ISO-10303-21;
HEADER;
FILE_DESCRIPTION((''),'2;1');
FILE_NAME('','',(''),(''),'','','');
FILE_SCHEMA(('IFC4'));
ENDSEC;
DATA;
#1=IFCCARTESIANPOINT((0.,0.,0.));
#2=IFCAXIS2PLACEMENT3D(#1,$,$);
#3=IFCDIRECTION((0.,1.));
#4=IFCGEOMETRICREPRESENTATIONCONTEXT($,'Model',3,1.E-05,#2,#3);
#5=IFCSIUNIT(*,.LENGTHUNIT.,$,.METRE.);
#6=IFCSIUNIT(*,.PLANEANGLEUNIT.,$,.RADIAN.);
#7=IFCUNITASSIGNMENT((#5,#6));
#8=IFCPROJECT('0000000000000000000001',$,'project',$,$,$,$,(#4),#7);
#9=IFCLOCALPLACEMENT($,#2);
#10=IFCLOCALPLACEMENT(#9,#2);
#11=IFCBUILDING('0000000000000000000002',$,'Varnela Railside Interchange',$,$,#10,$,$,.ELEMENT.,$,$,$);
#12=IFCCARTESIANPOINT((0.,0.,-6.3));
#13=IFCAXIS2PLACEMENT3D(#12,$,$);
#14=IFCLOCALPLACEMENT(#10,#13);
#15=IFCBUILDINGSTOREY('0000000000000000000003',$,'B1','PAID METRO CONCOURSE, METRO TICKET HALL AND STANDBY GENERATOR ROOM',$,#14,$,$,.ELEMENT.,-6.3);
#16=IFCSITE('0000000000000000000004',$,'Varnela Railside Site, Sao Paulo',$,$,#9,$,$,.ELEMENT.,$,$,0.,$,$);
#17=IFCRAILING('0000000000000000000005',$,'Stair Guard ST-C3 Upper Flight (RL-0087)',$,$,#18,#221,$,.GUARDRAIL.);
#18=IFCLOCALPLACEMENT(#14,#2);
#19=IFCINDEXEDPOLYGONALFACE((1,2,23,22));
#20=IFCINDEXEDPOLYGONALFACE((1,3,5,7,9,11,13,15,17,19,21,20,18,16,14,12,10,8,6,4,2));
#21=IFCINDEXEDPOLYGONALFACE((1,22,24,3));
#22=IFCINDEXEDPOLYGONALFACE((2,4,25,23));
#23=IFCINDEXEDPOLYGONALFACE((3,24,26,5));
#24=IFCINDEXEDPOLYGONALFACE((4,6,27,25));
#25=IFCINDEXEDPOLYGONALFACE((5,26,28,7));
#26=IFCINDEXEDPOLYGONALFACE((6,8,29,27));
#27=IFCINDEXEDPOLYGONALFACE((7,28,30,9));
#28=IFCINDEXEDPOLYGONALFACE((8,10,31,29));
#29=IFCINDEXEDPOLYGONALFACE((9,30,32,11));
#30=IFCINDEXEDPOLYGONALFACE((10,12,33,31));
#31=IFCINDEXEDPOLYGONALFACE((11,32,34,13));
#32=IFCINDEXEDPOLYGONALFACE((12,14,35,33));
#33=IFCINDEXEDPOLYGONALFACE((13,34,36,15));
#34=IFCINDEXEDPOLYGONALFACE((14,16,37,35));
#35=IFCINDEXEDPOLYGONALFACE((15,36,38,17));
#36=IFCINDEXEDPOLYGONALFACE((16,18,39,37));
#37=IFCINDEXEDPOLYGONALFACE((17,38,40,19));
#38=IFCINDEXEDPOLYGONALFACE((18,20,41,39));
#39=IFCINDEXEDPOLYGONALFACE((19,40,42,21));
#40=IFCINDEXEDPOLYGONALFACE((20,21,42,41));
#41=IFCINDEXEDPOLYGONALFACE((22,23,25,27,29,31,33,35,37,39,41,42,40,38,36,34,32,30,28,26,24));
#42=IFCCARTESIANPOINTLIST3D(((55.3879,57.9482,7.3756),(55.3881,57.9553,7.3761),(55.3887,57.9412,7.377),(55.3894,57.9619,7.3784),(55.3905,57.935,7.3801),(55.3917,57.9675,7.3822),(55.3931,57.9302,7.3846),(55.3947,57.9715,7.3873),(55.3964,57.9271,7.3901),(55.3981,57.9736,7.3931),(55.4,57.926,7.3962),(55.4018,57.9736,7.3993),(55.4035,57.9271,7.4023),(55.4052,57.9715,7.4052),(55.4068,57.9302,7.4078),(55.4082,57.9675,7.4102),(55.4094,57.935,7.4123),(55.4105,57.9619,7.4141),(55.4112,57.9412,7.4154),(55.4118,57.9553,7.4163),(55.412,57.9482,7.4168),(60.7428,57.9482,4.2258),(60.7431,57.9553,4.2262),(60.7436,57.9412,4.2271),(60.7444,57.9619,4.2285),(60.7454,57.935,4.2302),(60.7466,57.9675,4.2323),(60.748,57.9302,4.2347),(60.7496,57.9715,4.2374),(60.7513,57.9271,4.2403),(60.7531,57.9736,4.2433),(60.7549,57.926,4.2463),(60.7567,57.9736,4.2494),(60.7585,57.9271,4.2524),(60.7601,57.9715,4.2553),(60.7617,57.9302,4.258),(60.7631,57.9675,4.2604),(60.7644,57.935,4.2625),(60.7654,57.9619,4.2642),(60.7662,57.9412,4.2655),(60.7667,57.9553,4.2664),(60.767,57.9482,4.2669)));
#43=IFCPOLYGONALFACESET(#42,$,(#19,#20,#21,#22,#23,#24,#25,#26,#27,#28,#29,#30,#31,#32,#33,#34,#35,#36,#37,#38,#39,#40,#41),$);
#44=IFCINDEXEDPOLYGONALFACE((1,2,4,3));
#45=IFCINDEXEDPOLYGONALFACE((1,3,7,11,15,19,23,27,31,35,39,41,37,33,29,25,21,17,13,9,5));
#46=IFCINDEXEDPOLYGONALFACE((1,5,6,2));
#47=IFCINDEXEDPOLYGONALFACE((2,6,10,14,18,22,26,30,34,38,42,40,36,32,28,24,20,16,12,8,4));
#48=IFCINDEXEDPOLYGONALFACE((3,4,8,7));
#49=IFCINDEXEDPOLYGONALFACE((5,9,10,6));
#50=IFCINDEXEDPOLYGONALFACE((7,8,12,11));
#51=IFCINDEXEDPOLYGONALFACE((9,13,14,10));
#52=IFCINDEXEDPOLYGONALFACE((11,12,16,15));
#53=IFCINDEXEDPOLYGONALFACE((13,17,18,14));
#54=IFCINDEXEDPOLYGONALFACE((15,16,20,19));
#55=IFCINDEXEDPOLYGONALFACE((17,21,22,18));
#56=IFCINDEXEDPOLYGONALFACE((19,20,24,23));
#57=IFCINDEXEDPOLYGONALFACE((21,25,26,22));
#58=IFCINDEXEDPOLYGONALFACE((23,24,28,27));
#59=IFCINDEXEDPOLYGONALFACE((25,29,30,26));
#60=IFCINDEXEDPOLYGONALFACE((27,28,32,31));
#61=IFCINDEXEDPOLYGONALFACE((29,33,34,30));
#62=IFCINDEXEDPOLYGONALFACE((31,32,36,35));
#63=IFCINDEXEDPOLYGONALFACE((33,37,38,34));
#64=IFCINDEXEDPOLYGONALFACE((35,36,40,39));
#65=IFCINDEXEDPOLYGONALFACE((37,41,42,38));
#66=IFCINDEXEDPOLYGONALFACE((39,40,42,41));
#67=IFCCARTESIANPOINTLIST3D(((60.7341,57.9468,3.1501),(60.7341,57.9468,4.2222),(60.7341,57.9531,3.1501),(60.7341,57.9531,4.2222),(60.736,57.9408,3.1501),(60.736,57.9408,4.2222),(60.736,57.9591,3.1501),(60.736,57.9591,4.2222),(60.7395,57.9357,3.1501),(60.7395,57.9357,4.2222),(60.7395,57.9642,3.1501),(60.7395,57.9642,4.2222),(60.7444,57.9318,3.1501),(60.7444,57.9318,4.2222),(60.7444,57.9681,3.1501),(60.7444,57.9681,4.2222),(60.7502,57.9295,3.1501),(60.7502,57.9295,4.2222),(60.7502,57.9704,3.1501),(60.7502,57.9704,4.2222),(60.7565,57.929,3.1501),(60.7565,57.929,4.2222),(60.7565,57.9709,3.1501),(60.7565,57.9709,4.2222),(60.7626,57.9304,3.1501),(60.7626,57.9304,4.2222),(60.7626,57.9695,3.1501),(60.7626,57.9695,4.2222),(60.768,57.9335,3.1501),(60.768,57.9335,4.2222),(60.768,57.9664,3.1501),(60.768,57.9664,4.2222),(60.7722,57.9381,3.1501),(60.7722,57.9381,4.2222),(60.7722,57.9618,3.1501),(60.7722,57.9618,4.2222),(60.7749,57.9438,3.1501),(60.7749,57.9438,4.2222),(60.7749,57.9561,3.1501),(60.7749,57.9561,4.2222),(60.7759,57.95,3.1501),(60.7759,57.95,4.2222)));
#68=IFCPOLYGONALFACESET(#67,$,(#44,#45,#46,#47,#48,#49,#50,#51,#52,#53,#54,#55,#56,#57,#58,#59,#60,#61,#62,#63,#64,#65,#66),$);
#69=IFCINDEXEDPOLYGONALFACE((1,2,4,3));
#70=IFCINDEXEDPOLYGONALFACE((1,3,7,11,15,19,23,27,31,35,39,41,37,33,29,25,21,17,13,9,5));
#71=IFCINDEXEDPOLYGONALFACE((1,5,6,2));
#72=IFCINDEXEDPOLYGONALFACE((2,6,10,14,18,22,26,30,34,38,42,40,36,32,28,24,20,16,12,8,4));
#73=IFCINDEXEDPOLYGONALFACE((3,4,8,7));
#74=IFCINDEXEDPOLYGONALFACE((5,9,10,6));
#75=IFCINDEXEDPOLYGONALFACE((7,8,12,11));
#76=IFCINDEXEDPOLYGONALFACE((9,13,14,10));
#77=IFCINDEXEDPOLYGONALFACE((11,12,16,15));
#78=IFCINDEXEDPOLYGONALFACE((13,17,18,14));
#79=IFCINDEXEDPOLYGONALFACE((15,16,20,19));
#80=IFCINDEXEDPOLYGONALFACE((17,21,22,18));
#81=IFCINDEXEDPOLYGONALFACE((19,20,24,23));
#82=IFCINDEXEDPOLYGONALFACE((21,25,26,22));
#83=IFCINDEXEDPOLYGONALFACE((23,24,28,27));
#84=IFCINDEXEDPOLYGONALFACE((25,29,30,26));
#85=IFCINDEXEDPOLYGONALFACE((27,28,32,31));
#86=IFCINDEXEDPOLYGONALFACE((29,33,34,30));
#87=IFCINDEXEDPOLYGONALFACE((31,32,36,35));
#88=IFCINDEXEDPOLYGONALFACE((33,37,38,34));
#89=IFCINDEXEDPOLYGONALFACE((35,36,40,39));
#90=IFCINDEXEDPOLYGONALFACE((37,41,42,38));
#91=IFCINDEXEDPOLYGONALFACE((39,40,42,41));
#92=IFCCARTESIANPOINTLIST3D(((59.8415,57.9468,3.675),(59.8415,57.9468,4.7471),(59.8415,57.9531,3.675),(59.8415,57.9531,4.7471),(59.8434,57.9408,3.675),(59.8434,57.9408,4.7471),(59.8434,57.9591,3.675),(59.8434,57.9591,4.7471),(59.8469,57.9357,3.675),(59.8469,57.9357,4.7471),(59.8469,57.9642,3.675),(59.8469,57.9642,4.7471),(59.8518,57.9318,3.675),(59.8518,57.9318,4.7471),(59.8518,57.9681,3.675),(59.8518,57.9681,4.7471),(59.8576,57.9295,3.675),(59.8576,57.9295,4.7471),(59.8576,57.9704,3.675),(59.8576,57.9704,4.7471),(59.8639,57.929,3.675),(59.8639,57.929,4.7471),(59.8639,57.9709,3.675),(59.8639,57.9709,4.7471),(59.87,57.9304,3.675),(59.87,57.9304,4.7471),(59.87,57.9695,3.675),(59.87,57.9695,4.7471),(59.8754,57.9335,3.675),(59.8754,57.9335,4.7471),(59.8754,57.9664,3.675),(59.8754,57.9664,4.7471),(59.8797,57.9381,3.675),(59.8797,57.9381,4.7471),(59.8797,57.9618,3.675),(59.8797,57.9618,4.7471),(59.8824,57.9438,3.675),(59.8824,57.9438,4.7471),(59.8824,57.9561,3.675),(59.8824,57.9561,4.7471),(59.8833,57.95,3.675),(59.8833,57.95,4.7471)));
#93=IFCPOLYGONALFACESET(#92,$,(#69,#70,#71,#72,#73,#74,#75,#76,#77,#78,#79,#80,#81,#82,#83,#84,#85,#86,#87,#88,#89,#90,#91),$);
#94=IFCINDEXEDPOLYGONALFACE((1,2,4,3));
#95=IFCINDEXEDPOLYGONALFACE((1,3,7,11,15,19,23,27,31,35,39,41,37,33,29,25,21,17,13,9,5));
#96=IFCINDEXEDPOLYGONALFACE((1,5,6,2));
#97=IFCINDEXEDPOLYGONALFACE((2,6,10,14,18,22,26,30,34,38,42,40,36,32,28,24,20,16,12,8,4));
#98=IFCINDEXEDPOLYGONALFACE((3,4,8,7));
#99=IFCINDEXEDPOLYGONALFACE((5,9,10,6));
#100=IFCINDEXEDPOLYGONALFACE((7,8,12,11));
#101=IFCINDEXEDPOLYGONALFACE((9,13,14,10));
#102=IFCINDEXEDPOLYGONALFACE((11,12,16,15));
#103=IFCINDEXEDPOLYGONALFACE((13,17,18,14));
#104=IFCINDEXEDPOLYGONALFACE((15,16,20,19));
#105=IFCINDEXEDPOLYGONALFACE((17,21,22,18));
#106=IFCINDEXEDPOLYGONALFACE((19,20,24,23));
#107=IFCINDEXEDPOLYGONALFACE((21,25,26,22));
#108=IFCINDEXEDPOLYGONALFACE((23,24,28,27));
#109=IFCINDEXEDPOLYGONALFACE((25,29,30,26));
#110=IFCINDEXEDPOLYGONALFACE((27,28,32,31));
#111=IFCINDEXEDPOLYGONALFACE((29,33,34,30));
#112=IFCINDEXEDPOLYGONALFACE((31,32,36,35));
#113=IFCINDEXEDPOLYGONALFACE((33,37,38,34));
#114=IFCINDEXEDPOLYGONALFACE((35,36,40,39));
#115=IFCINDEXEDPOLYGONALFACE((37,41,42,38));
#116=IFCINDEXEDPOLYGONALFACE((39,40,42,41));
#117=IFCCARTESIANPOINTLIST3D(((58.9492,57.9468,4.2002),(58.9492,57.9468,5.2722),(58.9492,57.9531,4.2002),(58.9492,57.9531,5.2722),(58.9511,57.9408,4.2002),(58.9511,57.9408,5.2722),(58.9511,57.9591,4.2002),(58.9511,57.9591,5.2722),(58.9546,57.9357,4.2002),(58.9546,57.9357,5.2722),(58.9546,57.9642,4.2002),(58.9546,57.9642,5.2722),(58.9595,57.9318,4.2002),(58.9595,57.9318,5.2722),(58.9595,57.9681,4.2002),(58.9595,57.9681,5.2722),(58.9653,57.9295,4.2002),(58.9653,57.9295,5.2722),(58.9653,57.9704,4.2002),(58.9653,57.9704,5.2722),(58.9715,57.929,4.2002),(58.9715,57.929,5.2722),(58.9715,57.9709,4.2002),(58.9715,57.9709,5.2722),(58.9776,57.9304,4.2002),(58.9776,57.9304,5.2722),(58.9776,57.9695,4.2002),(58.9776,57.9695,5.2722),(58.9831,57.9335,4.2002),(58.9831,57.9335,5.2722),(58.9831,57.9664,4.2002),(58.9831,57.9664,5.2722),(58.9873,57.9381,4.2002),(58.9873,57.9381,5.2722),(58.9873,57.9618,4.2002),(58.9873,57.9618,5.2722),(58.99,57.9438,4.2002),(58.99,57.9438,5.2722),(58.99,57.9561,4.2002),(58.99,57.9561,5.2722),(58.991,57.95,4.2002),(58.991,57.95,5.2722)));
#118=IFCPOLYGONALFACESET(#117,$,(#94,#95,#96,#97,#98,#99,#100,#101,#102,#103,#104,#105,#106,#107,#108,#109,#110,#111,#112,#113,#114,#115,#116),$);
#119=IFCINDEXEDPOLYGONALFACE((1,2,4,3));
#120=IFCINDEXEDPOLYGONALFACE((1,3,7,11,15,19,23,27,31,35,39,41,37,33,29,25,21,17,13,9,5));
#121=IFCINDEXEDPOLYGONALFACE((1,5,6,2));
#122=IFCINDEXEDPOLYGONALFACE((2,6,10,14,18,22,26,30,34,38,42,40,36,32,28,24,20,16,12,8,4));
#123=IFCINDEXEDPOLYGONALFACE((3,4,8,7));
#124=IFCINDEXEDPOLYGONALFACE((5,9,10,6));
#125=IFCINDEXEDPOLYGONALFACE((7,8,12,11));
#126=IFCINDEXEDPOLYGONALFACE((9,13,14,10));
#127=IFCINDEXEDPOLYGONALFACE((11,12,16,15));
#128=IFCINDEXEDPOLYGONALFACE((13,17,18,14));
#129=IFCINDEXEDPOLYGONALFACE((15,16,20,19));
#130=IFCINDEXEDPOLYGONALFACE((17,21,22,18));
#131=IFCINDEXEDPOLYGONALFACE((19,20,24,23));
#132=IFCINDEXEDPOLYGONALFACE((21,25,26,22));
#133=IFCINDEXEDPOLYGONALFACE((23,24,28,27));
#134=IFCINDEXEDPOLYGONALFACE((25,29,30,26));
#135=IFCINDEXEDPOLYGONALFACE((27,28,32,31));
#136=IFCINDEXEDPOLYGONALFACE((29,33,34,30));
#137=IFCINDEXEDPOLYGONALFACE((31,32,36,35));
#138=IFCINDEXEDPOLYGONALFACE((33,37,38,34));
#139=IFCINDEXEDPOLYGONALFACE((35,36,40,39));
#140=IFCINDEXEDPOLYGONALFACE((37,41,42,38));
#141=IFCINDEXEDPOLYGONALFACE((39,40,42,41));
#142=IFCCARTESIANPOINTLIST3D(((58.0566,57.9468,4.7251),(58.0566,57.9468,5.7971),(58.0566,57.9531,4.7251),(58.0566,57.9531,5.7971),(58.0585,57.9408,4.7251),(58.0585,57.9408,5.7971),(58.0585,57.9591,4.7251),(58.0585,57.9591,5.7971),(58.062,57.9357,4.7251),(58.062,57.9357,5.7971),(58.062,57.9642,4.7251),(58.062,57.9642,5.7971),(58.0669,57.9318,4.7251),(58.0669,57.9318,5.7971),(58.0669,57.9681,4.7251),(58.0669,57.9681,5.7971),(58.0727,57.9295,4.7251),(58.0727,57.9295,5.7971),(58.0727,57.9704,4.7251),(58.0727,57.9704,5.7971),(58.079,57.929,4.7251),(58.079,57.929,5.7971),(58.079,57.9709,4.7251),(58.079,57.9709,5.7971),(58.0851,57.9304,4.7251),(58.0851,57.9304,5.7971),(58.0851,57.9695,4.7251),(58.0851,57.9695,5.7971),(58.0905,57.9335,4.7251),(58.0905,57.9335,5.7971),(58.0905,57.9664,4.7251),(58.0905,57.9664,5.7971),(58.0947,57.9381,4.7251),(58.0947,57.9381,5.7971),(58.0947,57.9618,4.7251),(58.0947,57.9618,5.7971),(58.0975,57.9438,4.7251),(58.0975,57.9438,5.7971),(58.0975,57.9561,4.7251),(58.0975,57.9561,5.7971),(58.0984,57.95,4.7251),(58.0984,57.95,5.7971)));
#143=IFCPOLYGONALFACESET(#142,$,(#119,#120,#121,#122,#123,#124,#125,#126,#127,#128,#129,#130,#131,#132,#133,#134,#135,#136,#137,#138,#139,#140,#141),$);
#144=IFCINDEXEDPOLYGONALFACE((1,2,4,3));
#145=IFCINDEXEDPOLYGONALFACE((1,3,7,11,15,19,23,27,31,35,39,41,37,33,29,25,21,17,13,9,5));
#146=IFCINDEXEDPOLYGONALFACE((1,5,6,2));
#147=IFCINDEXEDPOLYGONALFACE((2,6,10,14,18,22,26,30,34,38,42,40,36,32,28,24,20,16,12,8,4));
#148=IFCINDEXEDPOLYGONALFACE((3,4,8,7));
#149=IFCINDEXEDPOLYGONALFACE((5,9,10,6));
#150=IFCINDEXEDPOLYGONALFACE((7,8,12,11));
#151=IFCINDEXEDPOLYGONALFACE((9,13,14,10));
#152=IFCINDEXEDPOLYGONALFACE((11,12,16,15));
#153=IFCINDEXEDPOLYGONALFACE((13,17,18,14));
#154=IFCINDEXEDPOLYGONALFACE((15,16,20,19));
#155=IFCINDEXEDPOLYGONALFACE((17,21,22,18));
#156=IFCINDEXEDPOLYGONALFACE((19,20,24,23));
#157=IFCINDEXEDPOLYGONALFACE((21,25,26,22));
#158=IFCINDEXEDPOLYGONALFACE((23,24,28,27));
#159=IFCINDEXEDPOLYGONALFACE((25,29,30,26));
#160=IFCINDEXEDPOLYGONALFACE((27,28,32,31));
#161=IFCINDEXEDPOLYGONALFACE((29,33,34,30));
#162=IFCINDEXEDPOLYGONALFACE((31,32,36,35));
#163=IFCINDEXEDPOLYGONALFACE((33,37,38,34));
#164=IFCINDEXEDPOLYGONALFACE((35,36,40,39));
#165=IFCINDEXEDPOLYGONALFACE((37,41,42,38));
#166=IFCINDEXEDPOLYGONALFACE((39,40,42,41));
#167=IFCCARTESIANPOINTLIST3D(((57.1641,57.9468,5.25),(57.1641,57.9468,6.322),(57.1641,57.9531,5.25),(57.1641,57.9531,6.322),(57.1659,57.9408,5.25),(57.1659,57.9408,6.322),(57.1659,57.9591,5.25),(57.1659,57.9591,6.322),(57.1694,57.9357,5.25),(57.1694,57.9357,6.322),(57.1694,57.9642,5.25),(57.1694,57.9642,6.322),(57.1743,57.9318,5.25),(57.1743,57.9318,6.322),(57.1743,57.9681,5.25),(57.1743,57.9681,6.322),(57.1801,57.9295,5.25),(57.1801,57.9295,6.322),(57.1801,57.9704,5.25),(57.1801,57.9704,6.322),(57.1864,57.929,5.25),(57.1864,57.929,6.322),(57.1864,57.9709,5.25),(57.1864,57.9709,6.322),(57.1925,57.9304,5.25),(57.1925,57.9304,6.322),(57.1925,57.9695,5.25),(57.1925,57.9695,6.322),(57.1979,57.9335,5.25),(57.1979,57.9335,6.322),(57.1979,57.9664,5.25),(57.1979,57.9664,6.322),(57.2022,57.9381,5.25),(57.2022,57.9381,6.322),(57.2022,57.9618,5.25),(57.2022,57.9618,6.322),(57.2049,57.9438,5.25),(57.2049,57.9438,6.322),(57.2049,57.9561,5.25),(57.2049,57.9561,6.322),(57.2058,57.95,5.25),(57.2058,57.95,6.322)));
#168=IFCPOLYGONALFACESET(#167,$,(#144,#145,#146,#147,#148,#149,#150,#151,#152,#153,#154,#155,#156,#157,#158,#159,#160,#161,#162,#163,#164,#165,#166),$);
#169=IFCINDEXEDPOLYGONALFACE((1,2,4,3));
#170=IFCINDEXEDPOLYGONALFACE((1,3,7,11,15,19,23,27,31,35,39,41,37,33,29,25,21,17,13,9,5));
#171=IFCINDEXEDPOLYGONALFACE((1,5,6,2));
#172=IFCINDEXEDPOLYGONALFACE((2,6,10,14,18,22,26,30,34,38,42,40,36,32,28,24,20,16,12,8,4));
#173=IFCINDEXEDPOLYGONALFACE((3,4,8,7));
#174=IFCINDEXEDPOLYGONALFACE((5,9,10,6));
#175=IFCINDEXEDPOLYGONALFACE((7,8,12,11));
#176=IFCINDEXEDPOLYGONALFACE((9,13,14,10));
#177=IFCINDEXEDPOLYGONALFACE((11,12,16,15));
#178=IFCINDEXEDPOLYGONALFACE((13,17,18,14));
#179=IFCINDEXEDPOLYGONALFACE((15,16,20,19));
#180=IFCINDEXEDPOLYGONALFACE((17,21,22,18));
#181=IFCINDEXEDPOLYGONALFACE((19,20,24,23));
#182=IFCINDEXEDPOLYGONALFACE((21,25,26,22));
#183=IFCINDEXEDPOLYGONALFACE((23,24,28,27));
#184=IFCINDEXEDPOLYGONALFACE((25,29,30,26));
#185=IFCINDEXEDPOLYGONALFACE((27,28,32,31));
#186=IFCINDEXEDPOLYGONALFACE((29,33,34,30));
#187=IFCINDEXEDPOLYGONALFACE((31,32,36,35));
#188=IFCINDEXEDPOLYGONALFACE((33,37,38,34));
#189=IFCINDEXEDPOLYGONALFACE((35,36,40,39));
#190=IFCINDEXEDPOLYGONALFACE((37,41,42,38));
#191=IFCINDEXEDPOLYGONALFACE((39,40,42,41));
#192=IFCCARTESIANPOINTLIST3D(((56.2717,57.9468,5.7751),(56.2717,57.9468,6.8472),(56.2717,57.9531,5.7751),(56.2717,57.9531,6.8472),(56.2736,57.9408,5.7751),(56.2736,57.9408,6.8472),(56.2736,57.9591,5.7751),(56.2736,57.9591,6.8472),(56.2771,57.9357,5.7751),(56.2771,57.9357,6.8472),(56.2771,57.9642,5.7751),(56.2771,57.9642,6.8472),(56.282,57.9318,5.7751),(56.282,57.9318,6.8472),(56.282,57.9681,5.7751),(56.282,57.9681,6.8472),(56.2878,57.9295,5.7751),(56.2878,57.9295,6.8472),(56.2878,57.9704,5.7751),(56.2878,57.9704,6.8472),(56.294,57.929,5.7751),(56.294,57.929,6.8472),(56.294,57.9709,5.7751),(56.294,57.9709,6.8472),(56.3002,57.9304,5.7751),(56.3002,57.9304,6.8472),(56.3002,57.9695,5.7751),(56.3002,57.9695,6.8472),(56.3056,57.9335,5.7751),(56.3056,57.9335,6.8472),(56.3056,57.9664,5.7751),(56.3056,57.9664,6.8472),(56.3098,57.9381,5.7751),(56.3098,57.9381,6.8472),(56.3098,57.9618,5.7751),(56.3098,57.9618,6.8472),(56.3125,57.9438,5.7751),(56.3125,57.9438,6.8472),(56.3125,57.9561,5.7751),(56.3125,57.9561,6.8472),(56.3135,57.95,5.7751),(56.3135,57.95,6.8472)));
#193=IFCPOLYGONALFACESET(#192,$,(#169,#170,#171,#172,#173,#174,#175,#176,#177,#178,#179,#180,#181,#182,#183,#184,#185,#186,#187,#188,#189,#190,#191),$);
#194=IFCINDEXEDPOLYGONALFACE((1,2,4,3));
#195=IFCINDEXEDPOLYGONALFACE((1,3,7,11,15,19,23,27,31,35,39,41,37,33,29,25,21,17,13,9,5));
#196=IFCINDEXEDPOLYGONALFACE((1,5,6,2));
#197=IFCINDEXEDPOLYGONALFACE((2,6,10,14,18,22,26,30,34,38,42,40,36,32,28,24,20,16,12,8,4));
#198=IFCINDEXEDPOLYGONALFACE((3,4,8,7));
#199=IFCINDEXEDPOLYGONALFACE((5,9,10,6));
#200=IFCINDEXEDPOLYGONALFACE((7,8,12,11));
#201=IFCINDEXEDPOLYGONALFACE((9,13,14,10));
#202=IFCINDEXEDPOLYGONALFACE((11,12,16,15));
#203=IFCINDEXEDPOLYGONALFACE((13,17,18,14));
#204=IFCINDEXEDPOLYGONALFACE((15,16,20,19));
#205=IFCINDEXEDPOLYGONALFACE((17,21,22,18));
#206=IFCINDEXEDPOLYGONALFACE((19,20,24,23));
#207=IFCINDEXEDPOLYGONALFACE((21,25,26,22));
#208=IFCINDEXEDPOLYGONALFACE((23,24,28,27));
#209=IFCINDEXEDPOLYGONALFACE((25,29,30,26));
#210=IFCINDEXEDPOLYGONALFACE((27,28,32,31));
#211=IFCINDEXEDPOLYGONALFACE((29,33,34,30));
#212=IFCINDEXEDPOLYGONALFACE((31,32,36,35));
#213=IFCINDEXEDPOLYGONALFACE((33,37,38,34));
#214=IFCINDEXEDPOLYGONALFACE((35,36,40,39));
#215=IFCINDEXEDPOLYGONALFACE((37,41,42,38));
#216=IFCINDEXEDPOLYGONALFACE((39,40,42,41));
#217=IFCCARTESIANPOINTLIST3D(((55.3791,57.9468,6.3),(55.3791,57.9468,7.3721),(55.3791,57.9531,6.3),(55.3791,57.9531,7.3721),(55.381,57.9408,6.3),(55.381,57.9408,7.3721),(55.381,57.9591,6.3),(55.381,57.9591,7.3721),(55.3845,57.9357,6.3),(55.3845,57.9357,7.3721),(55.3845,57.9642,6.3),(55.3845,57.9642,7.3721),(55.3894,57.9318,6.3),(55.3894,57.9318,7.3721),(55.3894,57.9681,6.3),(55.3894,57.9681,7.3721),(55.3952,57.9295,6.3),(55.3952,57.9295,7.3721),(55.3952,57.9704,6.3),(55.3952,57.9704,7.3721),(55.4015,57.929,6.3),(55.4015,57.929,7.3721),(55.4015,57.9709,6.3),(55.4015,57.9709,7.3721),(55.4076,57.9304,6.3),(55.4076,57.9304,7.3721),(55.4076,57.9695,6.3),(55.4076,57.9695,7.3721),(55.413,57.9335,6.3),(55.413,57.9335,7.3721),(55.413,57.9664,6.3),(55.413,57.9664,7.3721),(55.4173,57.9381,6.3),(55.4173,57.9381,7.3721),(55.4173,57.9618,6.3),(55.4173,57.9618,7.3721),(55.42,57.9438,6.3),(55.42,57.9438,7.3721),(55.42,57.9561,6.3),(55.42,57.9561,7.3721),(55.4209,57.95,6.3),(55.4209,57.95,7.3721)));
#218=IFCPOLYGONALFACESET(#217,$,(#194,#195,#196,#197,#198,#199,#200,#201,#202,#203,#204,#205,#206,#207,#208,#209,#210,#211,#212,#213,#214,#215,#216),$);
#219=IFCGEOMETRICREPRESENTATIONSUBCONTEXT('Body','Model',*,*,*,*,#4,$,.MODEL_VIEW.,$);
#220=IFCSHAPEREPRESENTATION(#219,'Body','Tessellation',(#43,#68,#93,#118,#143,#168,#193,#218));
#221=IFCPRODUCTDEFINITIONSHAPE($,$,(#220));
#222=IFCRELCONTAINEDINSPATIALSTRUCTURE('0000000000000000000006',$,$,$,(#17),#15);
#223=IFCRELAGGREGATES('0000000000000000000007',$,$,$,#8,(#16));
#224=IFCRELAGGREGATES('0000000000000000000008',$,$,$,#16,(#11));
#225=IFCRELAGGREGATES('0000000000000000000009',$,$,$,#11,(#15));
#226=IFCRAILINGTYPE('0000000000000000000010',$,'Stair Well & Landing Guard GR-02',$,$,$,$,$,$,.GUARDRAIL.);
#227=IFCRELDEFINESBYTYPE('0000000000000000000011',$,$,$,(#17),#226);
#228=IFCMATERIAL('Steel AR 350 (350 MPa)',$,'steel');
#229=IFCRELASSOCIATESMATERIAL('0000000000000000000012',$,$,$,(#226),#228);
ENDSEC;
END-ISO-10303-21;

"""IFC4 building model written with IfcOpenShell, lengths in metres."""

from ifc_helpers import new_model, si_unit, direction, frame, origin, origin_2d, place, context, subcontext, project, spatial, circle, extrude, material, type_object, element, save


model = new_model("IFC4")

# Units and contexts
model_context = context("Model", 3, precision=1e-05, world=origin(), true_north=direction((0.0, 1.0)))
body_context = subcontext(model_context, "Body", "Model", "MODEL_VIEW")
ifc_project = project(units=[si_unit("LENGTHUNIT", "METRE"), si_unit("PLANEANGLEUNIT", "RADIAN")], contexts=[model_context])

# Site, building, storey
site_placement = place(None, origin())
site = spatial("IfcSite", under=ifc_project, at=site_placement, Name="Varnela Railside Site, Sao Paulo", CompositionType="ELEMENT", RefElevation=0.0)
building_placement = place(site_placement, origin())
building = spatial("IfcBuilding", under=site, at=building_placement, Name="Varnela Railside Interchange", CompositionType="ELEMENT")
storey_placement = place(building_placement, frame((0.0, 0.0, -6.3)))
storey = spatial("IfcBuildingStorey", under=building, at=storey_placement, Name="B1", Description="PAID METRO CONCOURSE, METRO TICKET HALL AND STANDBY GENERATOR ROOM", CompositionType="ELEMENT", Elevation=-6.3)

# Railing
ifc_material_1 = material(Name="Steel AR 350 (350 MPa)", Category="steel")
railing_type_1 = type_object("IfcRailingType", Name="Stair Well & Landing Guard GR-02", PredefinedType="GUARDRAIL", material=ifc_material_1)
railing_1_placement = place(storey_placement, frame((60.7549, 57.95, 3.1501)))
element("IfcRailing", 1, at=railing_1_placement, inside=storey, type_object=railing_type_1, Name="Stair Guard ST-C3 Upper Flight (RL-0087)", PredefinedType="GUARDRAIL", context=body_context, shape_type="SweptSolid", body=[
    extrude(circle(Radius=0.0239, at=origin_2d()), frame((0.0, 0.0, 1.0962), z_axis=(-0.86194, 0.0, 0.50701), x_axis=(0.0, -1.0, 0.0)), (0.0, 0.0, 1.0), 6.2126),
    extrude(circle(Radius=0.021, at=origin_2d()), origin(), (0.0, 0.0, 1.0), 1.072),
    extrude(circle(Radius=0.021, at=origin_2d()), frame((-0.8926, 0.0, 0.5249)), (0.0, 0.0, 1.0), 1.072),
    extrude(circle(Radius=0.021, at=origin_2d()), frame((-1.7849, 0.0, 1.05)), (0.0, 0.0, 1.0), 1.072),
    extrude(circle(Radius=0.021, at=origin_2d()), frame((-2.6775, 0.0, 1.575)), (0.0, 0.0, 1.0), 1.072),
    extrude(circle(Radius=0.021, at=origin_2d()), frame((-3.5701, 0.0, 2.0999)), (0.0, 0.0, 1.0), 1.072),
    extrude(circle(Radius=0.021, at=origin_2d()), frame((-4.4624, 0.0, 2.625)), (0.0, 0.0, 1.0), 1.072),
    extrude(circle(Radius=0.021, at=origin_2d()), frame((-5.355, 0.0, 3.1499)), (0.0, 0.0, 1.0), 1.072),
])

save(model, "model.ifc")
